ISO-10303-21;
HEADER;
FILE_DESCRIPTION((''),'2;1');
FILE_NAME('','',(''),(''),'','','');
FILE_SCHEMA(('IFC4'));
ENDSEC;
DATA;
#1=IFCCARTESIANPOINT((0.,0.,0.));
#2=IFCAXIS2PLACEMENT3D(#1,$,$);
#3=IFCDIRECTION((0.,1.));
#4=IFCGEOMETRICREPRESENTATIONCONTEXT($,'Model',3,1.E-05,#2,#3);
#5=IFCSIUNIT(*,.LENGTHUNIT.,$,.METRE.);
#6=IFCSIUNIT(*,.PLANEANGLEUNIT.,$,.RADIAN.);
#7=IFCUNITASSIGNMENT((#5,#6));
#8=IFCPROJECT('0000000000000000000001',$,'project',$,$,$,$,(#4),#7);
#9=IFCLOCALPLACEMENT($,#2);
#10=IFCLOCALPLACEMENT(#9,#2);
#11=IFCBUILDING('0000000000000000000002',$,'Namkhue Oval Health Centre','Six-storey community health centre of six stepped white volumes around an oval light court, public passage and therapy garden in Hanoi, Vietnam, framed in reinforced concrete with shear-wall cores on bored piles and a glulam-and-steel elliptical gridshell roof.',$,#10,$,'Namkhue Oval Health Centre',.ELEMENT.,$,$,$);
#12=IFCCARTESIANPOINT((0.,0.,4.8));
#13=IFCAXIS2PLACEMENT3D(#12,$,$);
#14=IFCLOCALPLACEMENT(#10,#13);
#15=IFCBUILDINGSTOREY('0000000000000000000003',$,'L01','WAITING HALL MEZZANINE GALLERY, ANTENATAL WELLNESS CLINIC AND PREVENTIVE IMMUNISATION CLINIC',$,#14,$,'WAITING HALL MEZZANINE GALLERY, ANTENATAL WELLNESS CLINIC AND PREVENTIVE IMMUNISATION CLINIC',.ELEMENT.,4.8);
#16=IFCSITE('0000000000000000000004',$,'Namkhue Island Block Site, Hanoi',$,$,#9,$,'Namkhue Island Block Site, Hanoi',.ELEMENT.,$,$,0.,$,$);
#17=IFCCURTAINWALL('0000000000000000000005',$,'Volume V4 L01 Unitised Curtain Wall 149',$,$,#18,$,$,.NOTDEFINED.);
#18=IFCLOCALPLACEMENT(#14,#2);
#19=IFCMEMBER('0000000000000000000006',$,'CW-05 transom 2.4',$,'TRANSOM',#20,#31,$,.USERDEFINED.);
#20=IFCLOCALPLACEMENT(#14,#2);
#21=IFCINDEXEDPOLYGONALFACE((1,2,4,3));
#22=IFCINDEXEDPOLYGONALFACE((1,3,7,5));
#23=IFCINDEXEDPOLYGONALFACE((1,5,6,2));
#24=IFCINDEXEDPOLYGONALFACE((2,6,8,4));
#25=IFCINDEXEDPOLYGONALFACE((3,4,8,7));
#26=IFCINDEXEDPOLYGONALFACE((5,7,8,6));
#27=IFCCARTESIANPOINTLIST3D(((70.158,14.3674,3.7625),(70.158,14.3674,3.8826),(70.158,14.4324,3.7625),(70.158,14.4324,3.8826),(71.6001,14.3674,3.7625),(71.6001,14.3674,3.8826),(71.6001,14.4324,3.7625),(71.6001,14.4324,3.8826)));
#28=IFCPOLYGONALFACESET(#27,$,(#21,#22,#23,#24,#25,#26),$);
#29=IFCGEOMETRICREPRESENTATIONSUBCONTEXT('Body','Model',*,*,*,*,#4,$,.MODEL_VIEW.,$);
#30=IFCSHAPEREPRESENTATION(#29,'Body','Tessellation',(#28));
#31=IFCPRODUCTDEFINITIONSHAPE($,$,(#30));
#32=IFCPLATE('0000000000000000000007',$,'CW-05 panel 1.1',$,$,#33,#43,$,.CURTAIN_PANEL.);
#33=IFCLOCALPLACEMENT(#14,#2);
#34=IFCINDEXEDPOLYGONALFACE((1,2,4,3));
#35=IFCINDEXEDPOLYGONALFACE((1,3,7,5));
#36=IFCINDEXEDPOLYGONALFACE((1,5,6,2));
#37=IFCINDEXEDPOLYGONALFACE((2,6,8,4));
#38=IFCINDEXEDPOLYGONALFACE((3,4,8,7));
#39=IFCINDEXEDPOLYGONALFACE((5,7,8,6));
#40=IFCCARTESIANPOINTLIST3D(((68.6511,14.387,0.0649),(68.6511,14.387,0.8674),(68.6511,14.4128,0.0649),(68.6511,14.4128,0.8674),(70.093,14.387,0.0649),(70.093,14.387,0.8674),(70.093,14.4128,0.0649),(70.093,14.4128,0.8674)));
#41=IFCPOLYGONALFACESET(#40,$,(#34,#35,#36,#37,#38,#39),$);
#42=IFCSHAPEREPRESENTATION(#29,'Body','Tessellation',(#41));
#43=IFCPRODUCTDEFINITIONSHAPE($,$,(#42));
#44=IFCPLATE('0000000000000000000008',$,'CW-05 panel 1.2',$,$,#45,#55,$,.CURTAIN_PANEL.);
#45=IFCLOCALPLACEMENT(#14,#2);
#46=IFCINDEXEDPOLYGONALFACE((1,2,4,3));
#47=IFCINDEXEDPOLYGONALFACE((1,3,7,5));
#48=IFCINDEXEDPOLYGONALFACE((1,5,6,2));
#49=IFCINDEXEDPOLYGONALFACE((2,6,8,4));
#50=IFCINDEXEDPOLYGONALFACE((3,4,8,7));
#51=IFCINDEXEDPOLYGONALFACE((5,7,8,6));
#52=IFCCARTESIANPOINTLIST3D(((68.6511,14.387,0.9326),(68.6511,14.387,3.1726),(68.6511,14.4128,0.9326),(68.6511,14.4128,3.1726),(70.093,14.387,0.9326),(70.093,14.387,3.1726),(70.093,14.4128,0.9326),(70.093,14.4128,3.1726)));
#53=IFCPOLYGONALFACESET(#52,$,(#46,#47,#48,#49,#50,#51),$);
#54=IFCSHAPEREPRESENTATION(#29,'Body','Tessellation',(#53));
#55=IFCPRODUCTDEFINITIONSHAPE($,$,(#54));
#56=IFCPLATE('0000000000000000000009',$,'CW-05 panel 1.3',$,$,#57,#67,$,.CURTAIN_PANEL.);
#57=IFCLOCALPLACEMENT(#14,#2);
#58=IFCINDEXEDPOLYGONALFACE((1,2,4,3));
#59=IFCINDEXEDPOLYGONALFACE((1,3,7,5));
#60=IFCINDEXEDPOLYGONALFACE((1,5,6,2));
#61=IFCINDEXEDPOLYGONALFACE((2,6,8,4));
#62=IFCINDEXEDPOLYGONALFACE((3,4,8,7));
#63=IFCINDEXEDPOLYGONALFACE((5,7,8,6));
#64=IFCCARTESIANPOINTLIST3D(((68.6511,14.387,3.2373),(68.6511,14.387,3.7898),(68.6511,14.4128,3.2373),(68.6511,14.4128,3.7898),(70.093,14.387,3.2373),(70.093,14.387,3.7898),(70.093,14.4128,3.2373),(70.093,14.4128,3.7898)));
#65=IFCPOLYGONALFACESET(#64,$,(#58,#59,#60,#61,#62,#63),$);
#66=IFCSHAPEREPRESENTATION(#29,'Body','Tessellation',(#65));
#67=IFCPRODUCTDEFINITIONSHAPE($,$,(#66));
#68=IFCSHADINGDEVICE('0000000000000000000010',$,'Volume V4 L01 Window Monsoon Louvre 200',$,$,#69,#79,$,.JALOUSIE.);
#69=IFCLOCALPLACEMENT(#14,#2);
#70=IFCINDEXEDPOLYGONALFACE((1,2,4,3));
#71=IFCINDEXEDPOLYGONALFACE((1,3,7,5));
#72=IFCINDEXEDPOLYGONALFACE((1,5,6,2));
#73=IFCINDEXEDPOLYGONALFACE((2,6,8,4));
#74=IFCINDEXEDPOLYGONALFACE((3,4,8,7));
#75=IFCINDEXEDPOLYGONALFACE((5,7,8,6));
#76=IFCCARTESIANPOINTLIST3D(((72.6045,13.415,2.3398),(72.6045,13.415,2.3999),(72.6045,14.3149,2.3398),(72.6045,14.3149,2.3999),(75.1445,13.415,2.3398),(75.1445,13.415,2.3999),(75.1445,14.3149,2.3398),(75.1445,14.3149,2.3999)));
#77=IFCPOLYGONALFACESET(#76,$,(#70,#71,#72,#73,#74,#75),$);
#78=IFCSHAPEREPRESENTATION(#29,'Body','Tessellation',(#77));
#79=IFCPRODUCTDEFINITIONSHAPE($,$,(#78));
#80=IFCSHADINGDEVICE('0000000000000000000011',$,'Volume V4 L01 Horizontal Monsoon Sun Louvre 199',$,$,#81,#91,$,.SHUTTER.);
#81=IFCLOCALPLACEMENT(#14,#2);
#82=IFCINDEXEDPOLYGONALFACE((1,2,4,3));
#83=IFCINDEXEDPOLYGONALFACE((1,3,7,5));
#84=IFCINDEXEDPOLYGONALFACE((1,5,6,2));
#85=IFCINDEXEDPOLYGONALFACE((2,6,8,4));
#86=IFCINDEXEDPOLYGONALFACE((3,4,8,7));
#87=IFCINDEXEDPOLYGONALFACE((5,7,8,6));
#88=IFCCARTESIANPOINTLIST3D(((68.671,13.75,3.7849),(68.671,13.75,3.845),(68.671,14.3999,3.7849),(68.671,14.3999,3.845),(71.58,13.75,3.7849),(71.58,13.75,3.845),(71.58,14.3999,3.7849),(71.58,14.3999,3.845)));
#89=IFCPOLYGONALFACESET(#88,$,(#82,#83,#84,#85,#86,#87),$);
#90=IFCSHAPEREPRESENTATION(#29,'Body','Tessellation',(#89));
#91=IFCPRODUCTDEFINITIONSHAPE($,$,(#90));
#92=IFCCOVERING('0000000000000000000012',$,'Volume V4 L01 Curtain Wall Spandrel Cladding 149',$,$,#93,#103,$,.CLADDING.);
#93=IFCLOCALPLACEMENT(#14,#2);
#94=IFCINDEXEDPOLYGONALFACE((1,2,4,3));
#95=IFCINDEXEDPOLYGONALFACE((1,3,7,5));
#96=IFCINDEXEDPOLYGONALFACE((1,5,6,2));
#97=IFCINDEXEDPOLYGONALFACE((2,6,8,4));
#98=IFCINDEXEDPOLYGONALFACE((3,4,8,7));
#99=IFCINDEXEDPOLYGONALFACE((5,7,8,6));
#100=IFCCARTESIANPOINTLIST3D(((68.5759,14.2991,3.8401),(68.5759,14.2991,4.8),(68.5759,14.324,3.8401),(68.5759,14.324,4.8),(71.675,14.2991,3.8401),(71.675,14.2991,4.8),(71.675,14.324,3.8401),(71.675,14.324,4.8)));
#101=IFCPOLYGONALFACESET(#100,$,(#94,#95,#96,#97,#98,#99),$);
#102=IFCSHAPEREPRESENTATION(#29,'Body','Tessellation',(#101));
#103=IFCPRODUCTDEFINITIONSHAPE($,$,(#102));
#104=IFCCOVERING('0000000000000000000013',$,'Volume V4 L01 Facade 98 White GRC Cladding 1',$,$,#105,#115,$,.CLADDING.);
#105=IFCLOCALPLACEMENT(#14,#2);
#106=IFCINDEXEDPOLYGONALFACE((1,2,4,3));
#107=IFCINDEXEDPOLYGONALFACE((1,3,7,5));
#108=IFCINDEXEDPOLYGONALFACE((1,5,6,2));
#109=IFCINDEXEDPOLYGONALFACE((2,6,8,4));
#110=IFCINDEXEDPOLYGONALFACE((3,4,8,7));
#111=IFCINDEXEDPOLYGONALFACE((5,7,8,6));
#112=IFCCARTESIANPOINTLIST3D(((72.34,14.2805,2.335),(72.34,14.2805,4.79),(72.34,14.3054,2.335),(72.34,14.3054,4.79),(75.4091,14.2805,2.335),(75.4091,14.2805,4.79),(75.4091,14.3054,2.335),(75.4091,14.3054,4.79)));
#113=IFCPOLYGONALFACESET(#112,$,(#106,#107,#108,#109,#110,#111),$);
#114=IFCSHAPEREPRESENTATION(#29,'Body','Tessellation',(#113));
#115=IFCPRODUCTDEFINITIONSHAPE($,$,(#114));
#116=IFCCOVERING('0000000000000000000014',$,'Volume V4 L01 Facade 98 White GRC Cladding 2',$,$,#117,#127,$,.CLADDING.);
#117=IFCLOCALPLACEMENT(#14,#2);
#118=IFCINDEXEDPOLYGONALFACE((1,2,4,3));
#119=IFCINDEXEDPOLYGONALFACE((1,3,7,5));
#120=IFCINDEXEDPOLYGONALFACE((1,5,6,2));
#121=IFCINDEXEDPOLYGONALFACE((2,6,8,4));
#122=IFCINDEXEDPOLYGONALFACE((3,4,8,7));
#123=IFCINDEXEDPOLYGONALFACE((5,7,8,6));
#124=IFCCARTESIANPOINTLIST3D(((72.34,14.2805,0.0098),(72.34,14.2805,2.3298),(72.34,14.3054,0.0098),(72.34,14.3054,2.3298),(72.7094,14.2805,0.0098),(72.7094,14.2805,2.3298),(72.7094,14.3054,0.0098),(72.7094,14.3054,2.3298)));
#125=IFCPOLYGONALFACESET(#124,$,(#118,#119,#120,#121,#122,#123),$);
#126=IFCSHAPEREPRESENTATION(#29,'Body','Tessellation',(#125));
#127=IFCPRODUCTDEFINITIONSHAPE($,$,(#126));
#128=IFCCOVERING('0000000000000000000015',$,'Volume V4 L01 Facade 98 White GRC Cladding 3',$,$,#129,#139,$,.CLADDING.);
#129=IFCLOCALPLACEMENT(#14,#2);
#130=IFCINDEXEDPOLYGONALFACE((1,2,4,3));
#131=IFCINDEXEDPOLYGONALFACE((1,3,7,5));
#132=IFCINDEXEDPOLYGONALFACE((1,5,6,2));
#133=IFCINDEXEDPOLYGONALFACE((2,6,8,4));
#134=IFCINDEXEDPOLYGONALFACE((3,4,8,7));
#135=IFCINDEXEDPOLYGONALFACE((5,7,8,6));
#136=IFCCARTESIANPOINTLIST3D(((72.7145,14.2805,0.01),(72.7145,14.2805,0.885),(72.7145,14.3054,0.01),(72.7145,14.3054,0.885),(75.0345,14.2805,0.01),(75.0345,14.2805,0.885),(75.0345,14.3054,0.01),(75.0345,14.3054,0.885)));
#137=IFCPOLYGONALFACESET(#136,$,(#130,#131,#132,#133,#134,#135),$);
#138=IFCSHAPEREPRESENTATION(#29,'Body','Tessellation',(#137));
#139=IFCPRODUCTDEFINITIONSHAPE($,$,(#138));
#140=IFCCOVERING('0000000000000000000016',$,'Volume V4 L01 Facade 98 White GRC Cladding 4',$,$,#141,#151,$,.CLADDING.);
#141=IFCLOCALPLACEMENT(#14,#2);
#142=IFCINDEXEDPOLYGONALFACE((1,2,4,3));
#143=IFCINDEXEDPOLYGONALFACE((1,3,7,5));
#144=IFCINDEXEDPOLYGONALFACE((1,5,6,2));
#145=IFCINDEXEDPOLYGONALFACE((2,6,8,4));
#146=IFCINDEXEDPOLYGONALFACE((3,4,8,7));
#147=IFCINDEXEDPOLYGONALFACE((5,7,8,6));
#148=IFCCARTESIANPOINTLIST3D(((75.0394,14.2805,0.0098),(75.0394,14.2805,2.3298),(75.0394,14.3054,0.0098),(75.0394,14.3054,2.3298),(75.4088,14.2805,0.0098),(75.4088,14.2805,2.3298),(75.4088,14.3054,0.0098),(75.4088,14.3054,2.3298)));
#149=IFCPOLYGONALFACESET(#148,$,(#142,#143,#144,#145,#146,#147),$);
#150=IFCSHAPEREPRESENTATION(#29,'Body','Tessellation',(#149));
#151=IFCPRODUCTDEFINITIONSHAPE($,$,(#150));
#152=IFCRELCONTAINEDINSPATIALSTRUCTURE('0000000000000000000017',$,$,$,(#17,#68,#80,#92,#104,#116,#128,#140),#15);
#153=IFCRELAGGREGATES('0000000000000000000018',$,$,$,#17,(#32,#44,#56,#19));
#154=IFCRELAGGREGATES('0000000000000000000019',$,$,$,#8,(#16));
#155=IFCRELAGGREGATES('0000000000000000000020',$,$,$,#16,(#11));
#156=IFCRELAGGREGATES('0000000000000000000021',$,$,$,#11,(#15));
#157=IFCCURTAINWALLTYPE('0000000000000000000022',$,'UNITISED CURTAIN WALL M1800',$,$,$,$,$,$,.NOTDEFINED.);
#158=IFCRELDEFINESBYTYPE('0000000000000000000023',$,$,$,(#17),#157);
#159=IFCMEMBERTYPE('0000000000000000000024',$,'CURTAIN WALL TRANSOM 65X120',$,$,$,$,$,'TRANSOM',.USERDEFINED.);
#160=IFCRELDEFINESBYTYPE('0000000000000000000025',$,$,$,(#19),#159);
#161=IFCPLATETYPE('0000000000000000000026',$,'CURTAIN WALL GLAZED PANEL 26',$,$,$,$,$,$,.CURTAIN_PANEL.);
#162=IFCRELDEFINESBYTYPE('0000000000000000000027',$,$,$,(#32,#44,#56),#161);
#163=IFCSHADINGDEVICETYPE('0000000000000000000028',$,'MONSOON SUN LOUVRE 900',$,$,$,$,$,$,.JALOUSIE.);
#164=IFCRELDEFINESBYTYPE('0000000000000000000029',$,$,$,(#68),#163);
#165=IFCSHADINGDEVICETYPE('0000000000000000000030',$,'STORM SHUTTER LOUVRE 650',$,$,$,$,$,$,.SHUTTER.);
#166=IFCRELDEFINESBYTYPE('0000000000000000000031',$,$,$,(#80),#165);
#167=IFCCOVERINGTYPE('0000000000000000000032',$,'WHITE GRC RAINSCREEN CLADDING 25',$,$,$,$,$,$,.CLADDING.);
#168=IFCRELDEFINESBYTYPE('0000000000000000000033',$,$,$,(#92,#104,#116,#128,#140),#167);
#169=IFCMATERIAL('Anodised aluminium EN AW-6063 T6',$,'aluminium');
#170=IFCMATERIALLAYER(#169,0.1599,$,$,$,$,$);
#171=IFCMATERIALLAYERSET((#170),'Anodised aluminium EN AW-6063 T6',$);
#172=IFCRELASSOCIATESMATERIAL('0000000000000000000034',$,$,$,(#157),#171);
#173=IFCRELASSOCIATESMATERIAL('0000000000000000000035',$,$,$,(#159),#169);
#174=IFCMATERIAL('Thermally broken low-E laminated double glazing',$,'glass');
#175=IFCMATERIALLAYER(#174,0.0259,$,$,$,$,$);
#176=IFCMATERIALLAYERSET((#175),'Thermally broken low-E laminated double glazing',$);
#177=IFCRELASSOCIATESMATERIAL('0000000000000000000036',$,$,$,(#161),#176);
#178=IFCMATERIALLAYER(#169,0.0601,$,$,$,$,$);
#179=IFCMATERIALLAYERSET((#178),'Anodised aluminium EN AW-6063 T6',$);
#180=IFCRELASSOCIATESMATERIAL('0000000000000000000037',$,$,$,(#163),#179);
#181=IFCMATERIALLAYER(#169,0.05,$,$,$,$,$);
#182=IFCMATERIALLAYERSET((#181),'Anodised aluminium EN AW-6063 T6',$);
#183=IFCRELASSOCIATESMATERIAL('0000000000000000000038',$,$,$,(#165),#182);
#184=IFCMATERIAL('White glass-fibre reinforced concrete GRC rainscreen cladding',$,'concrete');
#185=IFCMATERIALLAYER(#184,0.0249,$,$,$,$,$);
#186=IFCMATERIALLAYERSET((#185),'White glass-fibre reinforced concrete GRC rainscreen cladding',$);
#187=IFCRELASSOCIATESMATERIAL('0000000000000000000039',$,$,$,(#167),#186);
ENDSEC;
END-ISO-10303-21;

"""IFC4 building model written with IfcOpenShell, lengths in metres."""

from ifc_helpers import new_model, si_unit, direction, frame, origin, origin_2d, place, context, subcontext, project, spatial, rectangle, extrude, material, layer, layer_set, material_profile, profile_set, type_object, element, aggregate, save


model = new_model("IFC4")

# Units and contexts
model_context = context("Model", 3, precision=1e-05, world=origin(), true_north=direction((0.0, 1.0)))
body_context = subcontext(model_context, "Body", "Model", "MODEL_VIEW")
ifc_project = project(units=[si_unit("LENGTHUNIT", "METRE"), si_unit("PLANEANGLEUNIT", "RADIAN")], contexts=[model_context])

# Site, building, storey
site_placement = place(None, origin())
site = spatial("IfcSite", under=ifc_project, at=site_placement, Name="Namkhue Island Block Site, Hanoi", LongName="Namkhue Island Block Site, Hanoi", CompositionType="ELEMENT", RefElevation=0.0)
building_placement = place(site_placement, origin())
building = spatial("IfcBuilding", under=site, at=building_placement, Name="Namkhue Oval Health Centre", Description="Six-storey community health centre of six stepped white volumes around an oval light court, public passage and therapy garden in Hanoi, Vietnam, framed in reinforced concrete with shear-wall cores on bored piles and a glulam-and-steel elliptical gridshell roof.", LongName="Namkhue Oval Health Centre", CompositionType="ELEMENT")
storey_placement = place(building_placement, frame((0.0, 0.0, 4.8)))
storey = spatial("IfcBuildingStorey", under=building, at=storey_placement, Name="L01", Description="WAITING HALL MEZZANINE GALLERY, ANTENATAL WELLNESS CLINIC AND PREVENTIVE IMMUNISATION CLINIC", LongName="WAITING HALL MEZZANINE GALLERY, ANTENATAL WELLNESS CLINIC AND PREVENTIVE IMMUNISATION CLINIC", CompositionType="ELEMENT", Elevation=4.8)

# Curtain wall
ifc_material_1 = material(Name="Anodised aluminium EN AW-6063 T6", Category="aluminium")
ifc_layer_1 = layer(ifc_material_1, 0.1599)
ifc_layer_set_1 = layer_set([ifc_layer_1], Name="Anodised aluminium EN AW-6063 T6")
curtain_wall_type_1 = type_object("IfcCurtainWallType", Name="UNITISED CURTAIN WALL M1800", PredefinedType="NOTDEFINED", material=ifc_layer_set_1)
curtain_wall_1_placement = place(storey_placement, origin())
curtain_wall_1 = element("IfcCurtainWall", 1, at=curtain_wall_1_placement, inside=storey, type_object=curtain_wall_type_1, Name="Volume V4 L01 Unitised Curtain Wall 149", PredefinedType="NOTDEFINED")

# Member
ifc_material_profile_1 = material_profile(ifc_material_1, rectangle(XDim=0.0649, YDim=0.1201, at=origin_2d()), Name="ALU 65x120")
ifc_profile_set_1 = profile_set([ifc_material_profile_1], Name="Anodised aluminium EN AW-6063 T6")
member_type_1 = type_object("IfcMemberType", Name="CURTAIN WALL TRANSOM 65X120", ElementType="TRANSOM", PredefinedType="USERDEFINED", material=ifc_profile_set_1)
member_1_placement = place(storey_placement, frame((70.158, 14.3999, 3.8225), z_axis=(1.0, 0.0, 0.0), x_axis=(0.0, 1.0, 0.0)))
member_1 = element("IfcMember", 2, at=member_1_placement, type_object=member_type_1, Name="CW-05 transom 2.4", ObjectType="TRANSOM", PredefinedType="USERDEFINED", context=body_context, shape_type="SweptSolid", body=[
    extrude(rectangle(XDim=0.0649, YDim=0.1201, at=origin_2d()), origin(), (0.0, 0.0, 1.0), 1.4421),
])

# Plates
ifc_material_2 = material(Name="Thermally broken low-E laminated double glazing", Category="glass")
ifc_layer_2 = layer(ifc_material_2, 0.0259)
ifc_layer_set_2 = layer_set([ifc_layer_2], Name="Thermally broken low-E laminated double glazing")
plate_type = type_object("IfcPlateType", Name="CURTAIN WALL GLAZED PANEL 26", PredefinedType="CURTAIN_PANEL", material=ifc_layer_set_2)
plate_1_placement = place(storey_placement, frame((69.3721, 14.3999, 0.0649), z_axis=(0.0, 0.0, 1.0), x_axis=(1.0, 0.0, 0.0)))
plate_1 = element("IfcPlate", 3, at=plate_1_placement, type_object=plate_type, Name="CW-05 panel 1.1", PredefinedType="CURTAIN_PANEL", context=body_context, shape_type="SweptSolid", body=[
    extrude(rectangle(XDim=1.4419, YDim=0.0259, at=origin_2d()), origin(), (0.0, 0.0, 1.0), 0.8025),
])
plate_2_placement = place(storey_placement, frame((69.3721, 14.3999, 0.9326), z_axis=(0.0, 0.0, 1.0), x_axis=(1.0, 0.0, 0.0)))
plate_2 = element("IfcPlate", 4, at=plate_2_placement, type_object=plate_type, Name="CW-05 panel 1.2", PredefinedType="CURTAIN_PANEL", context=body_context, shape_type="SweptSolid", body=[
    extrude(rectangle(XDim=1.4419, YDim=0.0259, at=origin_2d()), origin(), (0.0, 0.0, 1.0), 2.24),
])
plate_3_placement = place(storey_placement, frame((69.3721, 14.3999, 3.2373), z_axis=(0.0, 0.0, 1.0), x_axis=(1.0, 0.0, 0.0)))
plate_3 = element("IfcPlate", 5, at=plate_3_placement, type_object=plate_type, Name="CW-05 panel 1.3", PredefinedType="CURTAIN_PANEL", context=body_context, shape_type="SweptSolid", body=[
    extrude(rectangle(XDim=1.4419, YDim=0.0259, at=origin_2d()), origin(), (0.0, 0.0, 1.0), 0.5525),
])
aggregate(curtain_wall_1, [plate_1, plate_2, plate_3, member_1])

# Shading devices
ifc_layer_3 = layer(ifc_material_1, 0.0601)
ifc_layer_set_3 = layer_set([ifc_layer_3], Name="Anodised aluminium EN AW-6063 T6")
shading_device_type_1 = type_object("IfcShadingDeviceType", Name="MONSOON SUN LOUVRE 900", PredefinedType="JALOUSIE", material=ifc_layer_set_3)
shading_device_1_placement = place(storey_placement, frame((73.8745, 13.865, 2.3398), z_axis=(0.0, 0.0, 1.0), x_axis=(1.0, 0.0, 0.0)))
element("IfcShadingDevice", 6, at=shading_device_1_placement, inside=storey, type_object=shading_device_type_1, Name="Volume V4 L01 Window Monsoon Louvre 200", PredefinedType="JALOUSIE", context=body_context, shape_type="SweptSolid", body=[
    extrude(rectangle(XDim=2.54, YDim=0.8999, at=origin_2d()), origin(), (0.0, 0.0, 1.0), 0.0601),
])
ifc_layer_4 = layer(ifc_material_1, 0.05)
ifc_layer_set_4 = layer_set([ifc_layer_4], Name="Anodised aluminium EN AW-6063 T6")
shading_device_type_2 = type_object("IfcShadingDeviceType", Name="STORM SHUTTER LOUVRE 650", PredefinedType="SHUTTER", material=ifc_layer_set_4)
shading_device_2_placement = place(storey_placement, frame((70.1255, 14.075, 3.7849), z_axis=(0.0, 0.0, 1.0), x_axis=(1.0, 0.0, 0.0)))
element("IfcShadingDevice", 7, at=shading_device_2_placement, inside=storey, type_object=shading_device_type_2, Name="Volume V4 L01 Horizontal Monsoon Sun Louvre 199", PredefinedType="SHUTTER", context=body_context, shape_type="SweptSolid", body=[
    extrude(rectangle(XDim=2.9089, YDim=0.6499, at=origin_2d()), origin(), (0.0, 0.0, 1.0), 0.0601),
])

# Coverings
ifc_material_3 = material(Name="White glass-fibre reinforced concrete GRC rainscreen cladding", Category="concrete")
ifc_layer_5 = layer(ifc_material_3, 0.0249)
ifc_layer_set_5 = layer_set([ifc_layer_5], Name="White glass-fibre reinforced concrete GRC rainscreen cladding")
covering_type = type_object("IfcCoveringType", Name="WHITE GRC RAINSCREEN CLADDING 25", PredefinedType="CLADDING", material=ifc_layer_set_5)
covering_1_placement = place(storey_placement, frame((70.1255, 14.3115, 3.8401), z_axis=(0.0, 0.0, 1.0), x_axis=(1.0, 0.0, 0.0)))
element("IfcCovering", 8, at=covering_1_placement, inside=storey, type_object=covering_type, Name="Volume V4 L01 Curtain Wall Spandrel Cladding 149", PredefinedType="CLADDING", context=body_context, shape_type="SweptSolid", body=[
    extrude(rectangle(XDim=3.0991, YDim=0.0249, at=origin_2d()), origin(), (0.0, 0.0, 1.0), 0.96),
])
covering_2_placement = place(storey_placement, frame((73.8745, 14.293, 2.335), z_axis=(0.0, 0.0, 1.0), x_axis=(1.0, 0.0, 0.0)))
element("IfcCovering", 9, at=covering_2_placement, inside=storey, type_object=covering_type, Name="Volume V4 L01 Facade 98 White GRC Cladding 1", PredefinedType="CLADDING", context=body_context, shape_type="SweptSolid", body=[
    extrude(rectangle(XDim=3.0691, YDim=0.0249, at=origin_2d()), origin(), (0.0, 0.0, 1.0), 2.4551),
])
covering_3_placement = place(storey_placement, frame((72.5247, 14.293, 0.0098), z_axis=(0.0, 0.0, 1.0), x_axis=(1.0, 0.0, 0.0)))
element("IfcCovering", 10, at=covering_3_placement, inside=storey, type_object=covering_type, Name="Volume V4 L01 Facade 98 White GRC Cladding 2", PredefinedType="CLADDING", context=body_context, shape_type="SweptSolid", body=[
    extrude(rectangle(XDim=0.3694, YDim=0.0249, at=origin_2d()), origin(), (0.0, 0.0, 1.0), 2.3201),
])
covering_4_placement = place(storey_placement, frame((73.8745, 14.293, 0.01), z_axis=(0.0, 0.0, 1.0), x_axis=(1.0, 0.0, 0.0)))
element("IfcCovering", 11, at=covering_4_placement, inside=storey, type_object=covering_type, Name="Volume V4 L01 Facade 98 White GRC Cladding 3", PredefinedType="CLADDING", context=body_context, shape_type="SweptSolid", body=[
    extrude(rectangle(XDim=2.3201, YDim=0.0249, at=origin_2d()), origin(), (0.0, 0.0, 1.0), 0.875),
])
covering_5_placement = place(storey_placement, frame((75.2241, 14.293, 0.0098), z_axis=(0.0, 0.0, 1.0), x_axis=(1.0, 0.0, 0.0)))
element("IfcCovering", 12, at=covering_5_placement, inside=storey, type_object=covering_type, Name="Volume V4 L01 Facade 98 White GRC Cladding 4", PredefinedType="CLADDING", context=body_context, shape_type="SweptSolid", body=[
    extrude(rectangle(XDim=0.3694, YDim=0.0249, at=origin_2d()), origin(), (0.0, 0.0, 1.0), 2.3201),
])

save(model, "model.ifc")
